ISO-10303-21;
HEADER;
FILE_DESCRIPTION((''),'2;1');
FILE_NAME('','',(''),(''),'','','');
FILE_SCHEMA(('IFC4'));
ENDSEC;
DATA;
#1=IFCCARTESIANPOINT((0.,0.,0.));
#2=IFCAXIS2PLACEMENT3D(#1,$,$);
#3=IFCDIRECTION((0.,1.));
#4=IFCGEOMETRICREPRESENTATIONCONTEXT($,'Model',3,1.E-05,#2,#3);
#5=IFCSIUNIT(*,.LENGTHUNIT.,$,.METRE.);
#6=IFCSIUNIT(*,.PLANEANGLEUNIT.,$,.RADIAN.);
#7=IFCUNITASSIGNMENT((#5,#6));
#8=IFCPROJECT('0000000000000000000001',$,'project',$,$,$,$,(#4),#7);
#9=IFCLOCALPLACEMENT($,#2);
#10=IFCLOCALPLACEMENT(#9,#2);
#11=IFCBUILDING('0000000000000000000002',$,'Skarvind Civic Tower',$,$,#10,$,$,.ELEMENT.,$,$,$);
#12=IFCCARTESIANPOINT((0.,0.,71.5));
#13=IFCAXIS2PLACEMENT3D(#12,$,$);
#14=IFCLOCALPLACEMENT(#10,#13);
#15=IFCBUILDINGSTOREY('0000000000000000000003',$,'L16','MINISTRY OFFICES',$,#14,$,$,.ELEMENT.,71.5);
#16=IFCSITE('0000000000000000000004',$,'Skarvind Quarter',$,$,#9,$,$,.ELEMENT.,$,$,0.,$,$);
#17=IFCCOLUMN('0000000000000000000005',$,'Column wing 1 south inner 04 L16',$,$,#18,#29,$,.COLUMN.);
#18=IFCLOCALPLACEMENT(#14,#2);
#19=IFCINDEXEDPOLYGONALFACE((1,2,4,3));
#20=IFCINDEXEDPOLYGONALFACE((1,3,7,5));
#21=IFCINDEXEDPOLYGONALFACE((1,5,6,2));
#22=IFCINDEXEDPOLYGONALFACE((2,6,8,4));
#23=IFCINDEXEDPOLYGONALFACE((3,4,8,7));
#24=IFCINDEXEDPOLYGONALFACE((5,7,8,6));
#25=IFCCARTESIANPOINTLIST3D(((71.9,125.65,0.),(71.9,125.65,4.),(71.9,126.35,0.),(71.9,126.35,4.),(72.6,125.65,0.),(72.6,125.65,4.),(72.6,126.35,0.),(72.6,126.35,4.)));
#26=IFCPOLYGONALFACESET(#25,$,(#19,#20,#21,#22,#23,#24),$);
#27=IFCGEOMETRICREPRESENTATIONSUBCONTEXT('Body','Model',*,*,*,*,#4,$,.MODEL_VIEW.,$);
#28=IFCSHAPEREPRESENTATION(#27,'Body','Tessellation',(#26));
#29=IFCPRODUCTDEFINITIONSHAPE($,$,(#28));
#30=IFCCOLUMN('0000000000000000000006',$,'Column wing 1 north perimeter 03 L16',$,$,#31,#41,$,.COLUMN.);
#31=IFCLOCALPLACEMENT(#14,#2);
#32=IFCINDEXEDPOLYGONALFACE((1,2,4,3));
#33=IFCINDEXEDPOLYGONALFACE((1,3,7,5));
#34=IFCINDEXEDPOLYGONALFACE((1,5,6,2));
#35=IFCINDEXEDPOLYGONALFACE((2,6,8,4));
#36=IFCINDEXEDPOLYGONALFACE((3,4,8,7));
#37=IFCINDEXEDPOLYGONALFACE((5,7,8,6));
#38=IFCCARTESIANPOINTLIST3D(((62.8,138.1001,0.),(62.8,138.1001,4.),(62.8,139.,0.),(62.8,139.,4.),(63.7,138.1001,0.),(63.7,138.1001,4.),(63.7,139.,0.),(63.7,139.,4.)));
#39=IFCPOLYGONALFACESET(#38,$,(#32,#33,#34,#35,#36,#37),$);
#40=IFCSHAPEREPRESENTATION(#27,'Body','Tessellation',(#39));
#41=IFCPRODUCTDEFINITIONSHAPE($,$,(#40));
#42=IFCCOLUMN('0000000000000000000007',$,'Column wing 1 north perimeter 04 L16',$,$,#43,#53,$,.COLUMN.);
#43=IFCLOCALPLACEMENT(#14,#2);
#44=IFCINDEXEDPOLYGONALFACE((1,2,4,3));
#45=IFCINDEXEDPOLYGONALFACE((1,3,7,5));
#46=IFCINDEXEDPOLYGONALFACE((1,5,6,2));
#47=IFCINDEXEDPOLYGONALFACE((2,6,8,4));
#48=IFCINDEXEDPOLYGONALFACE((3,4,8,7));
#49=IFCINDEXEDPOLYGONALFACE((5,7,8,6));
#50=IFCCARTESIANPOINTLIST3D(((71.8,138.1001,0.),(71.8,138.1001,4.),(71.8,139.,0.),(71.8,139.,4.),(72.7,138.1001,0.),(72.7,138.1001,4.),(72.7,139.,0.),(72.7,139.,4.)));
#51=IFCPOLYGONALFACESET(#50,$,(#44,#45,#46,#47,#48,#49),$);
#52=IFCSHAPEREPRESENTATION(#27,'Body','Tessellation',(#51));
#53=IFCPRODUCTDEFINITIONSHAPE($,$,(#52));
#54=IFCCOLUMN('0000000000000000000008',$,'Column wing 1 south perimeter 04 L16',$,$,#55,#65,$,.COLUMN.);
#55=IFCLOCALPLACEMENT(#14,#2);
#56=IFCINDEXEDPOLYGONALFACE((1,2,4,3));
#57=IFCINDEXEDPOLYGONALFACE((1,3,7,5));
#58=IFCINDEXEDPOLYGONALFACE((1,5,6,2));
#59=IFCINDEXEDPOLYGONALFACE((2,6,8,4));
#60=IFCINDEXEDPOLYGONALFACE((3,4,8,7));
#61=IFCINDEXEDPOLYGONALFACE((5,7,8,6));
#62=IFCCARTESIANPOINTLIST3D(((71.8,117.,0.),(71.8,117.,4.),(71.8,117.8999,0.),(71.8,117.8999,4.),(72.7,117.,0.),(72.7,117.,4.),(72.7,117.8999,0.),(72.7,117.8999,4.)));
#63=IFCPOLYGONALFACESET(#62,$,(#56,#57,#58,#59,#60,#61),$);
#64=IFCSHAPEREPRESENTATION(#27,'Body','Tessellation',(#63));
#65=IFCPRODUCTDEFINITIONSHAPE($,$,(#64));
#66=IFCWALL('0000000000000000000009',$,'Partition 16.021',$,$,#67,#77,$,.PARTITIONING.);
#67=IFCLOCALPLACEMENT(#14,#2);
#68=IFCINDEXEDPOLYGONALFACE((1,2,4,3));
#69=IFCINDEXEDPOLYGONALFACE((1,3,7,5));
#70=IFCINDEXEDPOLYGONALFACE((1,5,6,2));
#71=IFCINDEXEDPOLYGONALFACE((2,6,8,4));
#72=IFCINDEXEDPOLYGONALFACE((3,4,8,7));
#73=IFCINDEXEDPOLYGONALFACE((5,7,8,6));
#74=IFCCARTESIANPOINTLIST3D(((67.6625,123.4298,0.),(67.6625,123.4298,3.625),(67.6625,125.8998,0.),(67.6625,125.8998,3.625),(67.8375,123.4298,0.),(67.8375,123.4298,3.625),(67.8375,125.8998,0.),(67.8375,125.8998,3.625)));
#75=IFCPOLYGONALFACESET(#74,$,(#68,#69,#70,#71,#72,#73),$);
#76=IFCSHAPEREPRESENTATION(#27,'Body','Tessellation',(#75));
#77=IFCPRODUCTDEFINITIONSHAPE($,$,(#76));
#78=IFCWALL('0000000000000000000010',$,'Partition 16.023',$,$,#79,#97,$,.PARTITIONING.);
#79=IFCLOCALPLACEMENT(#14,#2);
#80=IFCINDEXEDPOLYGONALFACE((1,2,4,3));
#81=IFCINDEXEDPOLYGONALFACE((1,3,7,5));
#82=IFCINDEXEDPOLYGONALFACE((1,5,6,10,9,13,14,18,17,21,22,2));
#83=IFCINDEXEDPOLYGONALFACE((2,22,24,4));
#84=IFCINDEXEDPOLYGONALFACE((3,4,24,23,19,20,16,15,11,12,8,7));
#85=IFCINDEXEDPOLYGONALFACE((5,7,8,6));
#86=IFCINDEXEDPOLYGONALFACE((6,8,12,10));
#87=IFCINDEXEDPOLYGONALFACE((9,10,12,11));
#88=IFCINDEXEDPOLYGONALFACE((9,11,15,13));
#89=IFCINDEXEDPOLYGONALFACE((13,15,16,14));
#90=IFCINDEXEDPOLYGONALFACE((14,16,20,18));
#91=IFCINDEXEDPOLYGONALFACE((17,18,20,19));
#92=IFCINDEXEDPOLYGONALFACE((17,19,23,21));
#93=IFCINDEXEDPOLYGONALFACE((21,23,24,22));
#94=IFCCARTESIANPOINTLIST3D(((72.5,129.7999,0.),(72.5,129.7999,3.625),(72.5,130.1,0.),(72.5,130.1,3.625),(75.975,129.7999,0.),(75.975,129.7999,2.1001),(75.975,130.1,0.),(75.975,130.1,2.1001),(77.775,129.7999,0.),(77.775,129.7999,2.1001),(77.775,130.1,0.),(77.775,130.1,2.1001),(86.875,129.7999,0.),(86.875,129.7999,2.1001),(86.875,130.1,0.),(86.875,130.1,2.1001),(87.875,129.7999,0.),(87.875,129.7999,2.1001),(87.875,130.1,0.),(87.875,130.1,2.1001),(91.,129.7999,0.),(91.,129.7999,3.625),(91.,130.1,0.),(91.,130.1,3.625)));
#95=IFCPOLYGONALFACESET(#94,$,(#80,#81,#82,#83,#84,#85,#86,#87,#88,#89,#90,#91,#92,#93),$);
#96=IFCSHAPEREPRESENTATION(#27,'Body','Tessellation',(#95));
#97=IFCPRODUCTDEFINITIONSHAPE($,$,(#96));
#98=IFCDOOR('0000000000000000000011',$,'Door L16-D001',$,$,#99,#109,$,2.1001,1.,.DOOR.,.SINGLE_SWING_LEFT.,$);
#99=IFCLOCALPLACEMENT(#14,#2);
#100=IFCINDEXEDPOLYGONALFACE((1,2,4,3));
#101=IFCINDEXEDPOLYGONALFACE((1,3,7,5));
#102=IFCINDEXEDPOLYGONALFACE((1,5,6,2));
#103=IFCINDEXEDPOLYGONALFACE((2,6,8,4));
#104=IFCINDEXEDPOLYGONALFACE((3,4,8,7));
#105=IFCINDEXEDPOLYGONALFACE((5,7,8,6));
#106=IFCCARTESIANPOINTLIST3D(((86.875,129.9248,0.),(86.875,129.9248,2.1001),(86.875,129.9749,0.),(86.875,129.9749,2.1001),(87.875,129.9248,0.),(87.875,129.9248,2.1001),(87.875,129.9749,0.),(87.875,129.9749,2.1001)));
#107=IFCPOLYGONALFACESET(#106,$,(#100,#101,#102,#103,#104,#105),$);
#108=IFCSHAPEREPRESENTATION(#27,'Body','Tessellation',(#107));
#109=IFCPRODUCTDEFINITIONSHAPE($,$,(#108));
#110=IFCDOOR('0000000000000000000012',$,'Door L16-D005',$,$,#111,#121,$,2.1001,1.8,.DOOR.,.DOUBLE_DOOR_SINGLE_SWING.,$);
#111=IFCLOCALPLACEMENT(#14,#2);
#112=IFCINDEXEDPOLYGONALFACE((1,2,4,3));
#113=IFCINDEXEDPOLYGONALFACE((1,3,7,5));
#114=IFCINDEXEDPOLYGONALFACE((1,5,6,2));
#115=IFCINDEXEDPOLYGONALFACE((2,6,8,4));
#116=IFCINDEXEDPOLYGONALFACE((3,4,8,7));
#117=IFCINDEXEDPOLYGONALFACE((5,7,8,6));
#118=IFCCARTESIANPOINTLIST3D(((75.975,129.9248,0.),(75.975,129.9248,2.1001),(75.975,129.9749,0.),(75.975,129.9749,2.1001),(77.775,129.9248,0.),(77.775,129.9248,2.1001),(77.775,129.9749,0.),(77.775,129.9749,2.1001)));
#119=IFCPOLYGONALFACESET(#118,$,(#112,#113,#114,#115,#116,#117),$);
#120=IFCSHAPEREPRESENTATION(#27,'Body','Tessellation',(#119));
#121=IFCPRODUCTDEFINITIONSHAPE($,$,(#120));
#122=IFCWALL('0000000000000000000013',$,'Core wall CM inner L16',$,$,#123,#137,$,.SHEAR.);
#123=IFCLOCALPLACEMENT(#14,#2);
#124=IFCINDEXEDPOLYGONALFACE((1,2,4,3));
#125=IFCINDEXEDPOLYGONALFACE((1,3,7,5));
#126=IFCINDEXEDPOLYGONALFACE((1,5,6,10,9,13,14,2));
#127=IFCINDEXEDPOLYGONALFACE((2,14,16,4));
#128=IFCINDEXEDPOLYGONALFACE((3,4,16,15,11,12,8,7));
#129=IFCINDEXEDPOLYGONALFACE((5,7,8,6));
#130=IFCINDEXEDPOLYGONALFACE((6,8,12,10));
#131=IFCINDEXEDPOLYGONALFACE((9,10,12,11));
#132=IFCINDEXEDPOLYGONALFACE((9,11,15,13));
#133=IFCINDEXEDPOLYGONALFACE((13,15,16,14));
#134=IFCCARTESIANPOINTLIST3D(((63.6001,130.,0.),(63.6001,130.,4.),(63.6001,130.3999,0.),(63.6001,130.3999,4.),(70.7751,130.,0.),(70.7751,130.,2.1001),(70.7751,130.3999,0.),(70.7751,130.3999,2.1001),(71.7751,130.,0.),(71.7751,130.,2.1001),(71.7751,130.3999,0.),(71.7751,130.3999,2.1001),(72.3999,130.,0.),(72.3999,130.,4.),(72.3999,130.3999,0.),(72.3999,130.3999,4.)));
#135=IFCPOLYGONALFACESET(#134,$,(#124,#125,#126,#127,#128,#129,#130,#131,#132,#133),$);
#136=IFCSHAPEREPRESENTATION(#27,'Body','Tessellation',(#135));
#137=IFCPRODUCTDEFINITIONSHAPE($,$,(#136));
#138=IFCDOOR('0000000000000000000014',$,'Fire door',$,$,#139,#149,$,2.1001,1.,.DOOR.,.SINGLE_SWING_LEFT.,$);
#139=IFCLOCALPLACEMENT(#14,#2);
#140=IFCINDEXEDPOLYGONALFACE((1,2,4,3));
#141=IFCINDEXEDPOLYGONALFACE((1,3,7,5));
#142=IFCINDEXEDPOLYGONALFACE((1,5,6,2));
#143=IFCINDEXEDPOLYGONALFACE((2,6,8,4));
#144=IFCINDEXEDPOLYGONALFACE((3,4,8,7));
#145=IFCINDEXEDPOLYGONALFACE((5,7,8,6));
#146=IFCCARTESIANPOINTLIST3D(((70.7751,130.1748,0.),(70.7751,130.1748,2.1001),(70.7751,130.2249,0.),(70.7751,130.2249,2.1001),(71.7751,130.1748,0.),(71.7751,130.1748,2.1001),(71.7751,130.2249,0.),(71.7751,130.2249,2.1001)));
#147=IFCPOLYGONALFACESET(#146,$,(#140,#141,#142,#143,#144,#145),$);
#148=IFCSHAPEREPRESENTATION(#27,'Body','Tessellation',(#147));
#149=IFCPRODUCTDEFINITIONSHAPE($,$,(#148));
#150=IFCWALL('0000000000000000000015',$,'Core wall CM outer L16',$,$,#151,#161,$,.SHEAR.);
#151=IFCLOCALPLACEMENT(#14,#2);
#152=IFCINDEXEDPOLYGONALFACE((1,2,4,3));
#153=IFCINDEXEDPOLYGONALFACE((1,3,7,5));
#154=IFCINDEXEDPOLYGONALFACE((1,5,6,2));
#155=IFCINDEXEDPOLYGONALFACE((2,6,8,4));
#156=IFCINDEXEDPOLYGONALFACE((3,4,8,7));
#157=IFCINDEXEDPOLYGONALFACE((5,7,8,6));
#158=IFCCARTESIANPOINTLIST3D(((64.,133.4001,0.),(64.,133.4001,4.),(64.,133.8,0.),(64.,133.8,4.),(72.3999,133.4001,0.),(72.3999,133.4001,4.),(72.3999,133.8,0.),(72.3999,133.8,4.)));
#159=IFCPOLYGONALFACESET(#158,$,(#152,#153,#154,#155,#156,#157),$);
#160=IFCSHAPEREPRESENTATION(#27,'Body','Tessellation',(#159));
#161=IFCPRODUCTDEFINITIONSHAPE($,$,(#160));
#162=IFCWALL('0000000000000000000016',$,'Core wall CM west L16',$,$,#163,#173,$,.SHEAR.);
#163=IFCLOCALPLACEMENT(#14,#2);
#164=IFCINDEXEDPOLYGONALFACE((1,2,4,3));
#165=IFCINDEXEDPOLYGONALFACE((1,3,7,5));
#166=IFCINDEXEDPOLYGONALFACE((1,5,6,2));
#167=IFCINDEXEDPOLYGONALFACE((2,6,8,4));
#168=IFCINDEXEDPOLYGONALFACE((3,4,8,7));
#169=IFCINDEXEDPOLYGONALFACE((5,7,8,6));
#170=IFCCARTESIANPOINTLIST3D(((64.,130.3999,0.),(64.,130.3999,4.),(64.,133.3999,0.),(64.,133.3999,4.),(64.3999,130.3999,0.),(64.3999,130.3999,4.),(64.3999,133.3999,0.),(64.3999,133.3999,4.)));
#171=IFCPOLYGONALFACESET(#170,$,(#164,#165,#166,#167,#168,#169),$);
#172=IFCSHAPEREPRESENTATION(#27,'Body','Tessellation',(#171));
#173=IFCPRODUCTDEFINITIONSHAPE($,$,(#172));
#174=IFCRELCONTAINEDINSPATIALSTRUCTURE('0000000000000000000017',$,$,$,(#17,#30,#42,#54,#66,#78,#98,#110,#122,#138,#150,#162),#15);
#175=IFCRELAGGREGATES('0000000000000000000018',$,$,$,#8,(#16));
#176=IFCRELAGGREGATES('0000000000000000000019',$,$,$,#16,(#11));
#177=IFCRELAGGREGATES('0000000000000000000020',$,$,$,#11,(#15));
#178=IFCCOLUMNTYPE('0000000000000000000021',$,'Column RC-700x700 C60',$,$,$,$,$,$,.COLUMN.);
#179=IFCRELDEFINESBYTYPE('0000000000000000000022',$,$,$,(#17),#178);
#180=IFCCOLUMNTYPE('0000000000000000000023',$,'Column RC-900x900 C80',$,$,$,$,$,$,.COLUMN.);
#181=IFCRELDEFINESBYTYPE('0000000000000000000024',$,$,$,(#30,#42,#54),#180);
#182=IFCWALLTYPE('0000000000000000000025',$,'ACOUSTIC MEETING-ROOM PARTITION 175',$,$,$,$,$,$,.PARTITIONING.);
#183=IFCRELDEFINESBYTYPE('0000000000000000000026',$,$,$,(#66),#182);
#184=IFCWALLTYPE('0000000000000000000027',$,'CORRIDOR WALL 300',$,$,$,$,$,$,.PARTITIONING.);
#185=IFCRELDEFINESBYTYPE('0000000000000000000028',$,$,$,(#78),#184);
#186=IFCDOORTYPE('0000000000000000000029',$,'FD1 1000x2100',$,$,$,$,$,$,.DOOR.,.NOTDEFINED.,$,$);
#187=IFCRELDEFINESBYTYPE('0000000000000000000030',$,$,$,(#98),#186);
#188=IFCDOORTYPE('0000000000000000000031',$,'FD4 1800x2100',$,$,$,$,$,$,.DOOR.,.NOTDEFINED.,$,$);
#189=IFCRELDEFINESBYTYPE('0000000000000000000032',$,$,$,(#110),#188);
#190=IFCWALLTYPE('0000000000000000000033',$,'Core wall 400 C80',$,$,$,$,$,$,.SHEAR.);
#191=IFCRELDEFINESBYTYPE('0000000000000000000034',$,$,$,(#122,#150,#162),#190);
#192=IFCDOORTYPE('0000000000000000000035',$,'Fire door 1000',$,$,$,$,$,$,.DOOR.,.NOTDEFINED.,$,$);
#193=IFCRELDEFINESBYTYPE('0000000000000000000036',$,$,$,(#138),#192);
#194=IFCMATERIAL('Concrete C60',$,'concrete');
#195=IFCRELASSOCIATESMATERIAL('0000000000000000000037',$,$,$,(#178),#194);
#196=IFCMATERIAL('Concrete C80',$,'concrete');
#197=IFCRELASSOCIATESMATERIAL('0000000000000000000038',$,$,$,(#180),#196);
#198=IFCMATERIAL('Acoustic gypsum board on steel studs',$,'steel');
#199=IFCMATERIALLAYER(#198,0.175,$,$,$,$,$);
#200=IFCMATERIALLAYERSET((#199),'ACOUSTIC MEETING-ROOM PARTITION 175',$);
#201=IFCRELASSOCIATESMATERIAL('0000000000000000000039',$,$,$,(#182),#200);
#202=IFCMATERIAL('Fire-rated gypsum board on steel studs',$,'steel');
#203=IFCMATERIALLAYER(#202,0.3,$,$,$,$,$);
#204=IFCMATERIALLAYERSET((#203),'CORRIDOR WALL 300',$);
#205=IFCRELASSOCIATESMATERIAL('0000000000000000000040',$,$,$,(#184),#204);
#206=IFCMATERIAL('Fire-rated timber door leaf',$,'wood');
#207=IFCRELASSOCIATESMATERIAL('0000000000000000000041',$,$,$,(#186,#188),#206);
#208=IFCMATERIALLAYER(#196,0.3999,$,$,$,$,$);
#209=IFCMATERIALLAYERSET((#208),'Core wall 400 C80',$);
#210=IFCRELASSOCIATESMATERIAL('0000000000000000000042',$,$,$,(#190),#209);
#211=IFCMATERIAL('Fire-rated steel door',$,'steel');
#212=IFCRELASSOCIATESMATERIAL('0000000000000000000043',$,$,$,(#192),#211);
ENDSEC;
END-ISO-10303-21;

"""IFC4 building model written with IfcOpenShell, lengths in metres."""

from ifc_helpers import new_model, si_unit, direction, frame, frame_2d, origin, origin_2d, place, context, subcontext, project, spatial, rectangle, extrude, material, layer, layer_set, material_profile, profile_set, type_object, element, fill, save


model = new_model("IFC4")

# Units and contexts
model_context = context("Model", 3, precision=1e-05, world=origin(), true_north=direction((0.0, 1.0)))
body_context = subcontext(model_context, "Body", "Model", "MODEL_VIEW")
ifc_project = project(units=[si_unit("LENGTHUNIT", "METRE"), si_unit("PLANEANGLEUNIT", "RADIAN")], contexts=[model_context])

# Site, building, storey
site_placement = place(None, origin())
site = spatial("IfcSite", under=ifc_project, at=site_placement, Name="Skarvind Quarter", CompositionType="ELEMENT", RefElevation=0.0)
building_placement = place(site_placement, origin())
building = spatial("IfcBuilding", under=site, at=building_placement, Name="Skarvind Civic Tower", CompositionType="ELEMENT")
storey_placement = place(building_placement, frame((0.0, 0.0, 71.5)))
storey = spatial("IfcBuildingStorey", under=building, at=storey_placement, Name="L16", Description="MINISTRY OFFICES", CompositionType="ELEMENT", Elevation=71.5)

# Columns
ifc_material_1 = material(Name="Concrete C60", Category="concrete")
ifc_material_profile_1 = material_profile(ifc_material_1, rectangle(XDim=0.7, YDim=0.7, at=origin_2d()), Name="RC-700x700")
ifc_profile_set_1 = profile_set([ifc_material_profile_1], Name="Concrete C60")
column_type_1 = type_object("IfcColumnType", Name="Column RC-700x700 C60", PredefinedType="COLUMN", material=ifc_profile_set_1)
column_placement = place(storey_placement, frame((72.25, 126.0, 0.0), z_axis=(0.0, 0.0, 1.0), x_axis=(1.0, 0.0, 0.0)))
element("IfcColumn", 1, at=column_placement, inside=storey, type_object=column_type_1, Name="Column wing 1 south inner 04 L16", PredefinedType="COLUMN", context=body_context, shape_type="SweptSolid", body=[
    extrude(rectangle(XDim=0.7, YDim=0.7, at=origin_2d()), origin(), (0.0, 0.0, 1.0), 4.0),
])
ifc_material_2 = material(Name="Concrete C80", Category="concrete")
ifc_material_profile_2 = material_profile(ifc_material_2, rectangle(XDim=0.8999, YDim=0.8999, at=origin_2d()), Name="RC-900x900")
ifc_profile_set_2 = profile_set([ifc_material_profile_2], Name="Concrete C80")
column_type_2 = type_object("IfcColumnType", Name="Column RC-900x900 C80", PredefinedType="COLUMN", material=ifc_profile_set_2)
for number, where, z_axis, x_axis, name in (
    (2, (63.25, 138.55, 0.0), (0.0, 0.0, 1.0), (1.0, 0.0, 0.0), "Column wing 1 north perimeter 03 L16"),
    (3, (72.25, 138.55, 0.0), (0.0, 0.0, 1.0), (1.0, 0.0, 0.0), "Column wing 1 north perimeter 04 L16"),
    (4, (72.25, 117.45, 0.0), (0.0, 0.0, 1.0), (1.0, 0.0, 0.0), "Column wing 1 south perimeter 04 L16"),
):
    element("IfcColumn", number, at=place(storey_placement, frame(where, z_axis=z_axis, x_axis=x_axis)), inside=storey, type_object=column_type_2, Name=name, PredefinedType="COLUMN", context=body_context, shape_type="SweptSolid", body=[
        extrude(rectangle(XDim=0.8999, YDim=0.8999, at=origin_2d()), origin(), (0.0, 0.0, 1.0), 4.0),
    ])

# Wall
ifc_material_3 = material(Name="Acoustic gypsum board on steel studs", Category="steel")
ifc_layer_1 = layer(ifc_material_3, 0.175)
ifc_layer_set_1 = layer_set([ifc_layer_1], Name="ACOUSTIC MEETING-ROOM PARTITION 175")
wall_type_1 = type_object("IfcWallType", Name="ACOUSTIC MEETING-ROOM PARTITION 175", PredefinedType="PARTITIONING", material=ifc_layer_set_1)
wall_1_placement = place(storey_placement, frame((67.75, 123.4299, 0.0), z_axis=(0.0, 0.0, 1.0), x_axis=(0.0, 1.0, 0.0)))
element("IfcWall", 5, at=wall_1_placement, inside=storey, type_object=wall_type_1, Name="Partition 16.021", PredefinedType="PARTITIONING", context=body_context, shape_type="SweptSolid", body=[
    extrude(rectangle(XDim=2.47, YDim=0.175, at=frame_2d((1.2349, 0.0))), origin(), (0.0, 0.0, 1.0), 3.625),
])

# Wall, openings, doors
ifc_material_4 = material(Name="Fire-rated gypsum board on steel studs", Category="steel")
ifc_layer_2 = layer(ifc_material_4, 0.3)
ifc_layer_set_2 = layer_set([ifc_layer_2], Name="CORRIDOR WALL 300")
wall_type_2 = type_object("IfcWallType", Name="CORRIDOR WALL 300", PredefinedType="PARTITIONING", material=ifc_layer_set_2)
wall_2_placement = place(storey_placement, frame((72.5, 129.95, 0.0), z_axis=(0.0, 0.0, 1.0), x_axis=(1.0, 0.0, 0.0)))
wall_2 = element("IfcWall", 6, at=wall_2_placement, inside=storey, type_object=wall_type_2, Name="Partition 16.023", PredefinedType="PARTITIONING", context=body_context, shape_type="SweptSolid", body=[
    extrude(rectangle(XDim=18.5, YDim=0.3, at=frame_2d((9.25, 0.0))), origin(), (0.0, 0.0, 1.0), 3.625),
])
opening_1_placement = place(wall_2_placement, frame((14.375, 0.0, 0.0)))
opening_1 = element("IfcOpeningElement", 7, at=opening_1_placement, cuts=wall_2, PredefinedType="OPENING", context=body_context, shape_type="SweptSolid", body=[
    extrude(rectangle(XDim=1.0, YDim=2.1001, at=frame_2d((0.5, 1.05))), frame((0.0, 0.1599, 0.0), z_axis=(0.0, -1.0, 0.0), x_axis=(1.0, 0.0, 0.0)), (0.0, 0.0, 1.0), 0.3201),
])
opening_2_placement = place(wall_2_placement, frame((3.4751, 0.0, 0.0)))
opening_2 = element("IfcOpeningElement", 8, at=opening_2_placement, cuts=wall_2, PredefinedType="OPENING", context=body_context, shape_type="SweptSolid", body=[
    extrude(rectangle(XDim=1.8, YDim=2.1001, at=frame_2d((0.8999, 1.05))), frame((0.0, 0.1599, 0.0), z_axis=(0.0, -1.0, 0.0), x_axis=(1.0, 0.0, 0.0)), (0.0, 0.0, 1.0), 0.3201),
])
ifc_material_5 = material(Name="Fire-rated timber door leaf", Category="wood")
door_type_1 = type_object("IfcDoorType", Name="FD1 1000x2100", OperationType="NOTDEFINED", PredefinedType="DOOR", material=ifc_material_5)
door_1_placement = place(opening_1_placement, origin())
door_1 = element("IfcDoor", 9, at=door_1_placement, inside=storey, type_object=door_type_1, Name="Door L16-D001", OperationType="SINGLE_SWING_LEFT", OverallHeight=2.1001, OverallWidth=1.0, PredefinedType="DOOR", context=body_context, shape_type="SweptSolid", body=[
    extrude(rectangle(XDim=1.0, YDim=2.1001, at=frame_2d((0.5, 1.05))), frame((0.0, 0.0249, 0.0), z_axis=(0.0, -1.0, 0.0), x_axis=(1.0, 0.0, 0.0)), (0.0, 0.0, 1.0), 0.05),
])
fill(opening_1, door_1)
door_type_2 = type_object("IfcDoorType", Name="FD4 1800x2100", OperationType="NOTDEFINED", PredefinedType="DOOR", material=ifc_material_5)
door_2_placement = place(opening_2_placement, origin())
door_2 = element("IfcDoor", 10, at=door_2_placement, inside=storey, type_object=door_type_2, Name="Door L16-D005", OperationType="DOUBLE_DOOR_SINGLE_SWING", OverallHeight=2.1001, OverallWidth=1.8, PredefinedType="DOOR", context=body_context, shape_type="SweptSolid", body=[
    extrude(rectangle(XDim=1.8, YDim=2.1001, at=frame_2d((0.8999, 1.05))), frame((0.0, 0.0249, 0.0), z_axis=(0.0, -1.0, 0.0), x_axis=(1.0, 0.0, 0.0)), (0.0, 0.0, 1.0), 0.05),
])
fill(opening_2, door_2)

# Wall, opening, door
ifc_layer_3 = layer(ifc_material_2, 0.3999)
ifc_layer_set_3 = layer_set([ifc_layer_3], Name="Core wall 400 C80")
wall_type_3 = type_object("IfcWallType", Name="Core wall 400 C80", PredefinedType="SHEAR", material=ifc_layer_set_3)
wall_3_placement = place(storey_placement, frame((63.6001, 130.2, 0.0), z_axis=(0.0, 0.0, 1.0), x_axis=(1.0, 0.0, 0.0)))
wall_3 = element("IfcWall", 11, at=wall_3_placement, inside=storey, type_object=wall_type_3, Name="Core wall CM inner L16", PredefinedType="SHEAR", context=body_context, shape_type="SweptSolid", body=[
    extrude(rectangle(XDim=8.7998, YDim=0.3999, at=frame_2d((4.3999, 0.0))), origin(), (0.0, 0.0, 1.0), 4.0),
])
opening_3_placement = place(wall_3_placement, frame((7.175, 0.0, 0.0)))
opening_3 = element("IfcOpeningElement", 12, at=opening_3_placement, cuts=wall_3, PredefinedType="OPENING", context=body_context, shape_type="SweptSolid", body=[
    extrude(rectangle(XDim=1.0, YDim=2.1001, at=frame_2d((0.5, 1.05))), frame((0.0, 0.21, 0.0), z_axis=(0.0, -1.0, 0.0), x_axis=(1.0, 0.0, 0.0)), (0.0, 0.0, 1.0), 0.4199),
])
ifc_material_6 = material(Name="Fire-rated steel door", Category="steel")
door_type_3 = type_object("IfcDoorType", Name="Fire door 1000", OperationType="NOTDEFINED", PredefinedType="DOOR", material=ifc_material_6)
door_3_placement = place(opening_3_placement, origin())
door_3 = element("IfcDoor", 13, at=door_3_placement, inside=storey, type_object=door_type_3, Name="Fire door", OperationType="SINGLE_SWING_LEFT", OverallHeight=2.1001, OverallWidth=1.0, PredefinedType="DOOR", context=body_context, shape_type="SweptSolid", body=[
    extrude(rectangle(XDim=1.0, YDim=2.1001, at=frame_2d((0.5, 1.05))), frame((0.0, 0.0249, 0.0), z_axis=(0.0, -1.0, 0.0), x_axis=(1.0, 0.0, 0.0)), (0.0, 0.0, 1.0), 0.05),
])
fill(opening_3, door_3)

# Walls
wall_4_placement = place(storey_placement, frame((64.0, 133.6001, 0.0), z_axis=(0.0, 0.0, 1.0), x_axis=(1.0, 0.0, 0.0)))
element("IfcWall", 14, at=wall_4_placement, inside=storey, type_object=wall_type_3, Name="Core wall CM outer L16", PredefinedType="SHEAR", context=body_context, shape_type="SweptSolid", body=[
    extrude(rectangle(XDim=8.3999, YDim=0.3999, at=frame_2d((4.2, 0.0))), origin(), (0.0, 0.0, 1.0), 4.0),
])
for number, where, z_axis, x_axis, name in (
    (15, (64.2, 130.3999, 0.0), (0.0, 0.0, 1.0), (0.0, 1.0, 0.0), "Core wall CM west L16"),
):
    element("IfcWall", number, at=place(storey_placement, frame(where, z_axis=z_axis, x_axis=x_axis)), inside=storey, type_object=wall_type_3, Name=name, PredefinedType="SHEAR", context=body_context, shape_type="SweptSolid", body=[
        extrude(rectangle(XDim=3.0, YDim=0.3999, at=frame_2d((1.5, 0.0))), origin(), (0.0, 0.0, 1.0), 4.0),
    ])

save(model, "model.ifc")
